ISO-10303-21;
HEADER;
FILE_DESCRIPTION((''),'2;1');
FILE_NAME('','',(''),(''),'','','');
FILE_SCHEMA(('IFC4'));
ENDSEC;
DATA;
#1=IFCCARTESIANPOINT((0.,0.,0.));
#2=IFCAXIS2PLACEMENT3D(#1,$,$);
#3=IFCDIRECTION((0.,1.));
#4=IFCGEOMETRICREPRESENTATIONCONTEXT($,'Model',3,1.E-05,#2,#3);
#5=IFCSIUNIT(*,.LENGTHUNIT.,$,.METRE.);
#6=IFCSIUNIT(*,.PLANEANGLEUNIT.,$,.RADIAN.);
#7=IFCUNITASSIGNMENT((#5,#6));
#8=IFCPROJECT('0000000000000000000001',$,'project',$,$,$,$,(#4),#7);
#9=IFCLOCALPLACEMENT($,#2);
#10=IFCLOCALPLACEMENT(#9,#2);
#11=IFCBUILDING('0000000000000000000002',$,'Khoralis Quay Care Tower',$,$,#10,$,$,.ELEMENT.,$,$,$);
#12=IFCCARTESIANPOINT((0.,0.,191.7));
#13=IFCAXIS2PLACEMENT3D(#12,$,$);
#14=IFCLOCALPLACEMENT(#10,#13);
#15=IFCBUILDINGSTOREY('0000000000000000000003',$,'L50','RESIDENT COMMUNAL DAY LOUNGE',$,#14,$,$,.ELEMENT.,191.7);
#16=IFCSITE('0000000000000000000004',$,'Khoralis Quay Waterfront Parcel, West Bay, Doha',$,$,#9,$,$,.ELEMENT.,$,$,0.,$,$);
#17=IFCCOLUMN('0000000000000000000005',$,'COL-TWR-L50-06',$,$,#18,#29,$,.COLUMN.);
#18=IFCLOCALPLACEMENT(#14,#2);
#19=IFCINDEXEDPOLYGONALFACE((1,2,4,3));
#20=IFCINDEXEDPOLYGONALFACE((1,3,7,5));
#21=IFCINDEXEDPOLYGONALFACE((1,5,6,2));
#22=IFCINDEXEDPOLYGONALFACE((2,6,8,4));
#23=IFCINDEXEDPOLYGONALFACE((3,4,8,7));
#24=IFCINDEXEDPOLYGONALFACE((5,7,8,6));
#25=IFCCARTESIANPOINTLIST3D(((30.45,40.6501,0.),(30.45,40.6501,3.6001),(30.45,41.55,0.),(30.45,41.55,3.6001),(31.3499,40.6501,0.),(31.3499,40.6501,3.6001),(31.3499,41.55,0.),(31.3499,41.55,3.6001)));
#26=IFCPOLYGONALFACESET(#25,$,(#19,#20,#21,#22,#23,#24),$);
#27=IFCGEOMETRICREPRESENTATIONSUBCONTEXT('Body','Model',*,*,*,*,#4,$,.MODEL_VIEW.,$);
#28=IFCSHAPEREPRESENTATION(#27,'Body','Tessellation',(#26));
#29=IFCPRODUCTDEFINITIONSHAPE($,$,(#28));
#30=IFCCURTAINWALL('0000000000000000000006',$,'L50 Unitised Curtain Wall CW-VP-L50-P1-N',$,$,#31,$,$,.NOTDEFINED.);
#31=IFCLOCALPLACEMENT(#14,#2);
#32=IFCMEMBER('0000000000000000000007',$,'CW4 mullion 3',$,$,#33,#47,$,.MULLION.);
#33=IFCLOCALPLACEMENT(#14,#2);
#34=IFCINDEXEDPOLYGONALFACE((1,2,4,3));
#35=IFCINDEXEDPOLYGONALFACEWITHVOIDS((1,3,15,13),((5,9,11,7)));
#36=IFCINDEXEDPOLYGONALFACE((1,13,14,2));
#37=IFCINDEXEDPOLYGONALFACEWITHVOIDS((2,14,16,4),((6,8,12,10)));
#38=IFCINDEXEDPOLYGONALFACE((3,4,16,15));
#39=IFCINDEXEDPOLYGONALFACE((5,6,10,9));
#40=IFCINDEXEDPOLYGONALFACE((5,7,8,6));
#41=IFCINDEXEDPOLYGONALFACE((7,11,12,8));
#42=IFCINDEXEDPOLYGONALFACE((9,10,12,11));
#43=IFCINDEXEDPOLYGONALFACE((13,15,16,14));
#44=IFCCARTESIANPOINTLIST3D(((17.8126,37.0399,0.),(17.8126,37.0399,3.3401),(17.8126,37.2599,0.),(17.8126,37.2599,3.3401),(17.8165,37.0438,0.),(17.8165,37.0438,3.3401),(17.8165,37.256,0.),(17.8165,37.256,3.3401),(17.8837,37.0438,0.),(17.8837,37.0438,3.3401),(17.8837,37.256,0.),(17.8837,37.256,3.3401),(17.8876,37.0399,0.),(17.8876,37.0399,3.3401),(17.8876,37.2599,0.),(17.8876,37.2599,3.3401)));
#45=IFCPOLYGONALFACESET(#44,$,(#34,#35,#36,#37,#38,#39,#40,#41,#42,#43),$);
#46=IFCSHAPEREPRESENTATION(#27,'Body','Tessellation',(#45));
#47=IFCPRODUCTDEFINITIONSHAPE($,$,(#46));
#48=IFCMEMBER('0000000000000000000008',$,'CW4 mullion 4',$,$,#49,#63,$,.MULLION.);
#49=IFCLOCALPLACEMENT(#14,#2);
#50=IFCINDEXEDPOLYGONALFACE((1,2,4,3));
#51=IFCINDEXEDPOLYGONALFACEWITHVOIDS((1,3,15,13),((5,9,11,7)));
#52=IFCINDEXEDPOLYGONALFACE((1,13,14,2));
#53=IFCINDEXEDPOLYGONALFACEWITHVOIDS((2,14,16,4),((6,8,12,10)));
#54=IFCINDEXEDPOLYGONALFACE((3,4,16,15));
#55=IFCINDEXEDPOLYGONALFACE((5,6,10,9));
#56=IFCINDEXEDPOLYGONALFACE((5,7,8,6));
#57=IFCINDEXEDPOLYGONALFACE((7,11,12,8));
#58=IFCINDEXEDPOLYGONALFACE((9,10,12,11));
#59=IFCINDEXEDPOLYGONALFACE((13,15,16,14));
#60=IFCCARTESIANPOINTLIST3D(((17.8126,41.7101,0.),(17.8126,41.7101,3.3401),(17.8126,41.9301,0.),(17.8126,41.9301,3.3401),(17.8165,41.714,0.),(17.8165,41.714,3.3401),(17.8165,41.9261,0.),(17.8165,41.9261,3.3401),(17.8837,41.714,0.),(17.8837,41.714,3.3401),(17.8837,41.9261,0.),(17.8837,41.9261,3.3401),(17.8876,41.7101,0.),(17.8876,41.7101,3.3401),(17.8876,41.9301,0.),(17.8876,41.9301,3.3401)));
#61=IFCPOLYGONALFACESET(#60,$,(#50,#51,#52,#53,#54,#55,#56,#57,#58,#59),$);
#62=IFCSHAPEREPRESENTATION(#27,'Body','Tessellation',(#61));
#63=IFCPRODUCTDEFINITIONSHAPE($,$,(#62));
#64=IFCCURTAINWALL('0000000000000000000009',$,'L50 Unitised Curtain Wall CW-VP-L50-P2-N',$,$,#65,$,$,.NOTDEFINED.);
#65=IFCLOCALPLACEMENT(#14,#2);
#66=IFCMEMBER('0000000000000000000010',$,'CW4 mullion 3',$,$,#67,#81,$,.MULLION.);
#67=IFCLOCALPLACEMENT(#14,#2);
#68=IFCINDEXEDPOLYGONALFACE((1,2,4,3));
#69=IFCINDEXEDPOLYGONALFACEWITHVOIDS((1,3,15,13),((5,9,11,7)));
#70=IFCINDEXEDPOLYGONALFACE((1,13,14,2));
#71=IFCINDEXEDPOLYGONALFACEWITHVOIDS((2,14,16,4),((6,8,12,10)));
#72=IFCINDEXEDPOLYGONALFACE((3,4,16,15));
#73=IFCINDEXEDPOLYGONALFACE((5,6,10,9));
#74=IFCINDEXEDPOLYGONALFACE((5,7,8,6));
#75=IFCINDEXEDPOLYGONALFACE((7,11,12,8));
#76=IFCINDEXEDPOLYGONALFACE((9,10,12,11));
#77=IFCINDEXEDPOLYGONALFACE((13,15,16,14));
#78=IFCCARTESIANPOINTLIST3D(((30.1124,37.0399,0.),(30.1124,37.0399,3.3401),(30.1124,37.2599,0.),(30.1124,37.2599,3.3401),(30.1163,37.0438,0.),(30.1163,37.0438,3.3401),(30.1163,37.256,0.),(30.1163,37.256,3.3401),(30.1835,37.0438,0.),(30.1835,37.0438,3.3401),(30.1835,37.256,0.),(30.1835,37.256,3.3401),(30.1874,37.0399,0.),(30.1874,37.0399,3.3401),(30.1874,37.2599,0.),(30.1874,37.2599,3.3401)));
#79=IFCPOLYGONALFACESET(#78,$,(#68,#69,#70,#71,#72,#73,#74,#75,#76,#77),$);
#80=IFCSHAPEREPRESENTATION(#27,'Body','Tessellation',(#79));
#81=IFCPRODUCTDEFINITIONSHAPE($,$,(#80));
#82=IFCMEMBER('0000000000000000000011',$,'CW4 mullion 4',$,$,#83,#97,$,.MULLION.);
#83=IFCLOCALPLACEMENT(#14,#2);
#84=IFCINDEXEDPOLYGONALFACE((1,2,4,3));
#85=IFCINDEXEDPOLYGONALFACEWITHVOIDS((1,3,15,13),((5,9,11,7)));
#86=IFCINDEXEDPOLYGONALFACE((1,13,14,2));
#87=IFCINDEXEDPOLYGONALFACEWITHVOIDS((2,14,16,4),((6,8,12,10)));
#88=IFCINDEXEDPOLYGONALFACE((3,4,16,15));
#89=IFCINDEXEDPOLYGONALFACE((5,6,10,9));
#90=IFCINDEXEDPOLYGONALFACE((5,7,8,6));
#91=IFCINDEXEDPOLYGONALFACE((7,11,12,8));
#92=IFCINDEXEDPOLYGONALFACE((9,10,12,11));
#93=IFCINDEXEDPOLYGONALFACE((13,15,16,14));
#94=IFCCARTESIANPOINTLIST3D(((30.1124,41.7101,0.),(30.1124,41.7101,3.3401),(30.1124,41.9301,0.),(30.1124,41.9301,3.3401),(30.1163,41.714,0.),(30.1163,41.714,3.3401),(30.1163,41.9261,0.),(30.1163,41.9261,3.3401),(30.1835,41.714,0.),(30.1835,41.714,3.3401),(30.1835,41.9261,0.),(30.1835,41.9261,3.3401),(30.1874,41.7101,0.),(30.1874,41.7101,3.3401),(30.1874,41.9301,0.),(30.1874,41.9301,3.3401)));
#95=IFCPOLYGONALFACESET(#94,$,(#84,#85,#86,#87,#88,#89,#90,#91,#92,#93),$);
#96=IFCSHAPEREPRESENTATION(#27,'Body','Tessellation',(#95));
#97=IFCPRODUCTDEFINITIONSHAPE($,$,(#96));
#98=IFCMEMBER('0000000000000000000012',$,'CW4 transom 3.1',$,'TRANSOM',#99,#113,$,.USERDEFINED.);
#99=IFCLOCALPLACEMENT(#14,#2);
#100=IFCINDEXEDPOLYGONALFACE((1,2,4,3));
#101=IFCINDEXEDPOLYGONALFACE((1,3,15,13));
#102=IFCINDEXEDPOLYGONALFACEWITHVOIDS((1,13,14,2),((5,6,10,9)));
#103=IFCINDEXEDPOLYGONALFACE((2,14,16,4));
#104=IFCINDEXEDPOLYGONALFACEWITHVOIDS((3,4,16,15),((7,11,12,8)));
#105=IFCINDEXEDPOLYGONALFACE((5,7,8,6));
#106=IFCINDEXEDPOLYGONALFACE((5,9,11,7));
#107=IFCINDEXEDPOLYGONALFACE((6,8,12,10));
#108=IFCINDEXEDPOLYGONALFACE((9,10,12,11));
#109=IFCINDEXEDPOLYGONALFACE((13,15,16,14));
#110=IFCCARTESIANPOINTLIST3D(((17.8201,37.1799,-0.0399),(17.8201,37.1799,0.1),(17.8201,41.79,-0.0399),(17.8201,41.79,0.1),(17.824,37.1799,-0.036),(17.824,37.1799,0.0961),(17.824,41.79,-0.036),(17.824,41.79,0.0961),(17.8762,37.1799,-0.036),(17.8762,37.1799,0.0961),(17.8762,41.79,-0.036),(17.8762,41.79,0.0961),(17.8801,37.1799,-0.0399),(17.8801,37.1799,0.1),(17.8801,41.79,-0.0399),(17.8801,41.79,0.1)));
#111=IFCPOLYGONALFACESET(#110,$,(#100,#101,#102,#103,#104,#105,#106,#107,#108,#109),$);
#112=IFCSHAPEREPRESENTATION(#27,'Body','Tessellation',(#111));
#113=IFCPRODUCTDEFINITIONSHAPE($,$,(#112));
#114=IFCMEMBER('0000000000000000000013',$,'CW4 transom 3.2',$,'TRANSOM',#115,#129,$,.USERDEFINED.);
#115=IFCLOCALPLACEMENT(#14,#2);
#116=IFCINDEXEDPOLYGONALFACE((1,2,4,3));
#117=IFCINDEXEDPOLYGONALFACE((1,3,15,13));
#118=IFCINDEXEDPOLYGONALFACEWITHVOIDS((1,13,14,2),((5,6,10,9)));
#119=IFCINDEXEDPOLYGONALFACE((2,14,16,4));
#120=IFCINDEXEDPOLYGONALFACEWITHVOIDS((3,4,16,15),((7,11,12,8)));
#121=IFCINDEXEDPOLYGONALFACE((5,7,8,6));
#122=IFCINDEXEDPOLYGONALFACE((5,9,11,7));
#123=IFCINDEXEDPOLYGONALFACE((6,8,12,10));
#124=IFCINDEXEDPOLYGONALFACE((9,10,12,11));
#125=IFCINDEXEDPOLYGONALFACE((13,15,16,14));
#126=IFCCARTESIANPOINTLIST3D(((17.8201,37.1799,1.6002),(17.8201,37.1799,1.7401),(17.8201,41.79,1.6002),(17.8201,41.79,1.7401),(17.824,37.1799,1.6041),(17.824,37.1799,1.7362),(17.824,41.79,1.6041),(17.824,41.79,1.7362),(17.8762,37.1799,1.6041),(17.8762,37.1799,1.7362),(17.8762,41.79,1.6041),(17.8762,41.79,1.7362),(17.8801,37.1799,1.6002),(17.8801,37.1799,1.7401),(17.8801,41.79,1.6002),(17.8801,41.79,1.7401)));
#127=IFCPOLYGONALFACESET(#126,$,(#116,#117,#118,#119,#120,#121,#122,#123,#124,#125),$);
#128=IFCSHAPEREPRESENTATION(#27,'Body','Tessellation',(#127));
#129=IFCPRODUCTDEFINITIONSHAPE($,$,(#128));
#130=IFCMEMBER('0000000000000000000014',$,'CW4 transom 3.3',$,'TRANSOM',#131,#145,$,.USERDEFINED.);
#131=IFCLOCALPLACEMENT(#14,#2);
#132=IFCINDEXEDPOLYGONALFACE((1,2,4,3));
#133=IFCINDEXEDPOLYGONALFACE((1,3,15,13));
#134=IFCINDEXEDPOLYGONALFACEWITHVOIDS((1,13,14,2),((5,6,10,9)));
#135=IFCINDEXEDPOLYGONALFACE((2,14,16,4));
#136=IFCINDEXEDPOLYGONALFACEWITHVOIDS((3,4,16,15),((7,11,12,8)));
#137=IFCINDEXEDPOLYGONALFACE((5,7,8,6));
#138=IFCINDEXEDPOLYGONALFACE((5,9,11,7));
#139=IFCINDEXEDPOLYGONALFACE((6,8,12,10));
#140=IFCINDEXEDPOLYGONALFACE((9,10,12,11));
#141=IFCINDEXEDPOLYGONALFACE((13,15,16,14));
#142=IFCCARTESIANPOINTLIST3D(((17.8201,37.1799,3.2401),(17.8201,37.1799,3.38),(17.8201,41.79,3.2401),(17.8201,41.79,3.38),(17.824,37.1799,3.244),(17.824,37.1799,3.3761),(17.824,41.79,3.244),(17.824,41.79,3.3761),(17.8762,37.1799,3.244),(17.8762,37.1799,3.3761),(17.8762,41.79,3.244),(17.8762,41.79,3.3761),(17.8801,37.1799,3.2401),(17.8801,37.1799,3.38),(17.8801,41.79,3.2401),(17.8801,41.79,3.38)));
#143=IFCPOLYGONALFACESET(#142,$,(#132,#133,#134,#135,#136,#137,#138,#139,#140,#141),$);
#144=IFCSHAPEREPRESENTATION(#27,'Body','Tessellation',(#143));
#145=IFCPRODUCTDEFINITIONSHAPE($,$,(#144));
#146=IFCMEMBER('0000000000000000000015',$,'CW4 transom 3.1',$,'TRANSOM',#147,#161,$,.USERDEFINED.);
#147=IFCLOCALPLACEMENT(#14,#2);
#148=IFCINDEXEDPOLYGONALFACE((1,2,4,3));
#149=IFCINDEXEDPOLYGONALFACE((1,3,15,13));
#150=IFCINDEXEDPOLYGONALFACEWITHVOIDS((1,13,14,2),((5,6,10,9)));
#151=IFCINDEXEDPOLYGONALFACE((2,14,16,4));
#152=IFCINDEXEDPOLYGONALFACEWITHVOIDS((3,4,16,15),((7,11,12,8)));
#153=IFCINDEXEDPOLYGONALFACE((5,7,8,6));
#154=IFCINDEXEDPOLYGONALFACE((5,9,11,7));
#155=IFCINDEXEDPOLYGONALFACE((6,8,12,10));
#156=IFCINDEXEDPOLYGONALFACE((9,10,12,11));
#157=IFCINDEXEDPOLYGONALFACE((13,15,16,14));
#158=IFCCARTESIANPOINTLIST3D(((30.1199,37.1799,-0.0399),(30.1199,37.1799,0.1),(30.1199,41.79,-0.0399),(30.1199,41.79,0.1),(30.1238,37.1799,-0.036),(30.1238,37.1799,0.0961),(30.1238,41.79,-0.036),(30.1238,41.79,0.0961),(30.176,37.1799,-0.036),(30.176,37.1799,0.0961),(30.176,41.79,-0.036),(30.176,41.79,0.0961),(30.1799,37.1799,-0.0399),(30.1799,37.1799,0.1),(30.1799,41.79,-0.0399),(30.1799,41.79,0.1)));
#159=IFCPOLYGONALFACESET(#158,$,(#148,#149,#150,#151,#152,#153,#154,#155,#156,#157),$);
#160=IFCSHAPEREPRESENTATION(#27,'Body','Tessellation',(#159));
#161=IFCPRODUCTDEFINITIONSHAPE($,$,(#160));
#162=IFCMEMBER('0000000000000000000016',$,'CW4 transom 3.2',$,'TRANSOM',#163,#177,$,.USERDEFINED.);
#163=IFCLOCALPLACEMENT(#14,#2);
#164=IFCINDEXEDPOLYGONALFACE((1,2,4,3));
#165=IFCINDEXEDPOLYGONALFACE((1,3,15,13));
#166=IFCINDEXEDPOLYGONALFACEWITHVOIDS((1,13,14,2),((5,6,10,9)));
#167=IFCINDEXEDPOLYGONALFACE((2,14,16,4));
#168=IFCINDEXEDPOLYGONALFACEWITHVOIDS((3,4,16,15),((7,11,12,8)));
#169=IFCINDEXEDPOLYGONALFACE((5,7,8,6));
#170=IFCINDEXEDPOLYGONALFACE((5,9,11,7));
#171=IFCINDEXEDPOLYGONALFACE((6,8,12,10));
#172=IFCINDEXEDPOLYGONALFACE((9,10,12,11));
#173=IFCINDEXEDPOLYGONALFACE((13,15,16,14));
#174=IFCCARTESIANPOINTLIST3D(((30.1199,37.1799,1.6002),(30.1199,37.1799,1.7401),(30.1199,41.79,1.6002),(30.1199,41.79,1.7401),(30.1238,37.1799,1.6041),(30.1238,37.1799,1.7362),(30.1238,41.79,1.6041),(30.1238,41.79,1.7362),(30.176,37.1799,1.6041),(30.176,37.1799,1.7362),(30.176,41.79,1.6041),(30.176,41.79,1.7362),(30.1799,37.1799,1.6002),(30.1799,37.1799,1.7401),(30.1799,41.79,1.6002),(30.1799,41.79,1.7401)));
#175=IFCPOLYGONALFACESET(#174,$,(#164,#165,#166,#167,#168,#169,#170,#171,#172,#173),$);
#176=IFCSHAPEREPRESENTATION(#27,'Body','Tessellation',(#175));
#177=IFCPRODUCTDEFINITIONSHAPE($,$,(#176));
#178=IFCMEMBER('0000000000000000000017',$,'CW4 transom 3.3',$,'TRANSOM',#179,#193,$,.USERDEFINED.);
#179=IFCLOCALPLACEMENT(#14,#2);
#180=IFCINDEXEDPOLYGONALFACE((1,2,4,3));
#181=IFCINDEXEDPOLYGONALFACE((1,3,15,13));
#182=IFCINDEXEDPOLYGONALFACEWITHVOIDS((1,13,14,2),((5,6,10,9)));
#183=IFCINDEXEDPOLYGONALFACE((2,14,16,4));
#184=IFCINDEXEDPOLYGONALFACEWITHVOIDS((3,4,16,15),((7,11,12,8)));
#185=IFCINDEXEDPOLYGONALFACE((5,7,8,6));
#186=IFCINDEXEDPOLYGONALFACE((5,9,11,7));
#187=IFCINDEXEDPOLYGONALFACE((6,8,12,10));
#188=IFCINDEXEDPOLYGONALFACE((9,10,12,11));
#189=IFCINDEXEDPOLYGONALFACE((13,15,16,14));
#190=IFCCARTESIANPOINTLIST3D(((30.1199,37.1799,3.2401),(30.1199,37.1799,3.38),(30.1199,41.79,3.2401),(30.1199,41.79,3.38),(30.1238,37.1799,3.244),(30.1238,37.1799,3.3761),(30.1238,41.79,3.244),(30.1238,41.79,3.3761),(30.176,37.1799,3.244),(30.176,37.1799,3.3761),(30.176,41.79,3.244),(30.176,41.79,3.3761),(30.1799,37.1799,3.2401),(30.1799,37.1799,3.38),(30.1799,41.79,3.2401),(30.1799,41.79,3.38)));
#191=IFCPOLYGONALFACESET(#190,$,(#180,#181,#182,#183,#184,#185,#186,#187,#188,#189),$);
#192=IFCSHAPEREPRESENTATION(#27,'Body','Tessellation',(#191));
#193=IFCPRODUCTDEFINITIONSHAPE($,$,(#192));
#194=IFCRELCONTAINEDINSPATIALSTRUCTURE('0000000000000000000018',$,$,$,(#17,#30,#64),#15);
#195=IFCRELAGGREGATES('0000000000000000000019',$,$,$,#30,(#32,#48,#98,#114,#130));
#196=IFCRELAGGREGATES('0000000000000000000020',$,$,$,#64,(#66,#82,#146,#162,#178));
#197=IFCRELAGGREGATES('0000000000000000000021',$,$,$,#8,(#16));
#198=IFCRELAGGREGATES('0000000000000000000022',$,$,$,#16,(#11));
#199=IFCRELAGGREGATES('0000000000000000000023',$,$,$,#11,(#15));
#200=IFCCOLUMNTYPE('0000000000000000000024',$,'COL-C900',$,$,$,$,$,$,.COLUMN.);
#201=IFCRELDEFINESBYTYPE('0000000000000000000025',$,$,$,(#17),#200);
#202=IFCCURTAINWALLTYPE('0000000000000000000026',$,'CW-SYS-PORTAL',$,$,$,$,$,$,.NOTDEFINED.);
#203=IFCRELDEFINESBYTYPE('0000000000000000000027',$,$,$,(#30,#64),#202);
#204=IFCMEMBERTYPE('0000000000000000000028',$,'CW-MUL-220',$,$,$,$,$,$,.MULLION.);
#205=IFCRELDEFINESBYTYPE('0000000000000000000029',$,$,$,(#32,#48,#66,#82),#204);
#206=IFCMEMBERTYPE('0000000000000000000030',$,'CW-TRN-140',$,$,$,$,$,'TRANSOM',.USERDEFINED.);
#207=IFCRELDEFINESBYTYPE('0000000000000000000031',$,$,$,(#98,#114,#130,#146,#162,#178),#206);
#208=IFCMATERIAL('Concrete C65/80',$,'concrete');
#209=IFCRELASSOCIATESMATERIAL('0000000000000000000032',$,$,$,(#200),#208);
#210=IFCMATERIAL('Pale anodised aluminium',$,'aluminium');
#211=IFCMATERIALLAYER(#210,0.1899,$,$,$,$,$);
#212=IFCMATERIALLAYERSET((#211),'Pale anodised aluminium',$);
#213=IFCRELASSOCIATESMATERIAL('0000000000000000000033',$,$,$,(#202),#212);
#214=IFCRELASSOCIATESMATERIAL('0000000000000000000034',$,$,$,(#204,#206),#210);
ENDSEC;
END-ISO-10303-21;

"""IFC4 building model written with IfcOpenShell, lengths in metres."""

from ifc_helpers import new_model, si_unit, direction, frame, origin, origin_2d, place, context, subcontext, project, spatial, rectangle, hollow_rectangle, extrude, source, transform, mapped, material, layer, layer_set, material_profile, profile_set, type_object, element, aggregate, save


model = new_model("IFC4")

# Units and contexts
model_context = context("Model", 3, precision=1e-05, world=origin(), true_north=direction((0.0, 1.0)))
body_context = subcontext(model_context, "Body", "Model", "MODEL_VIEW")
ifc_project = project(units=[si_unit("LENGTHUNIT", "METRE"), si_unit("PLANEANGLEUNIT", "RADIAN")], contexts=[model_context])

# Site, building, storey
site_placement = place(None, origin())
site = spatial("IfcSite", under=ifc_project, at=site_placement, Name="Khoralis Quay Waterfront Parcel, West Bay, Doha", CompositionType="ELEMENT", RefElevation=0.0)
building_placement = place(site_placement, origin())
building = spatial("IfcBuilding", under=site, at=building_placement, Name="Khoralis Quay Care Tower", CompositionType="ELEMENT")
storey_placement = place(building_placement, frame((0.0, 0.0, 191.7)))
storey = spatial("IfcBuildingStorey", under=building, at=storey_placement, Name="L50", Description="RESIDENT COMMUNAL DAY LOUNGE", CompositionType="ELEMENT", Elevation=191.7)

# Column
ifc_material_1 = material(Name="Concrete C65/80", Category="concrete")
ifc_material_profile_1 = material_profile(ifc_material_1, rectangle(XDim=0.8999, YDim=0.8999, at=origin_2d()), Name="Concrete C65/80")
ifc_profile_set_1 = profile_set([ifc_material_profile_1], Name="Concrete C65/80")
column_type = type_object("IfcColumnType", Name="COL-C900", PredefinedType="COLUMN", material=ifc_profile_set_1)
shared_shape_1 = source(origin(), body_context, "Body", "SweptSolid", [
    extrude(rectangle(XDim=0.8999, YDim=0.8999, at=origin_2d()), origin(), (0.0, 0.0, 1.0), 3.6001),
])
column_placement = place(storey_placement, frame((30.8999, 41.1001, 0.0), z_axis=(0.0, 0.0, 1.0), x_axis=(1.0, 0.0, 0.0)))
element("IfcColumn", 1, at=column_placement, inside=storey, type_object=column_type, Name="COL-TWR-L50-06", PredefinedType="COLUMN", context=body_context, shape_type="MappedRepresentation", body=[
    mapped(shared_shape_1, transform((0.0, 0.0, 0.0), scale=1.0)),
])

# Curtain walls, members
ifc_material_2 = material(Name="Pale anodised aluminium", Category="aluminium")
ifc_layer_1 = layer(ifc_material_2, 0.1899)
ifc_layer_set_1 = layer_set([ifc_layer_1], Name="Pale anodised aluminium")
curtain_wall_type = type_object("IfcCurtainWallType", Name="CW-SYS-PORTAL", PredefinedType="NOTDEFINED", material=ifc_layer_set_1)
curtain_wall_1_placement = place(storey_placement, origin())
curtain_wall_1 = element("IfcCurtainWall", 2, at=curtain_wall_1_placement, inside=storey, type_object=curtain_wall_type, Name="L50 Unitised Curtain Wall CW-VP-L50-P1-N", PredefinedType="NOTDEFINED")
ifc_material_profile_2 = material_profile(ifc_material_2, hollow_rectangle(XDim=0.075, YDim=0.22, WallThickness=0.0039, at=origin_2d()), Name="Pale anodised aluminium")
ifc_profile_set_2 = profile_set([ifc_material_profile_2], Name="Pale anodised aluminium")
member_type_1 = type_object("IfcMemberType", Name="CW-MUL-220", PredefinedType="MULLION", material=ifc_profile_set_2)
shared_shape_2 = source(origin(), body_context, "Body", "SweptSolid", [
    extrude(hollow_rectangle(XDim=0.075, YDim=0.22, WallThickness=0.0039, at=origin_2d()), origin(), (0.0, 0.0, 1.0), 3.3401),
])
member_1_placement = place(storey_placement, frame((17.8501, 37.1499, 0.0), z_axis=(0.0, 0.0, 1.0), x_axis=(-1.0, 0.0, 0.0)))
member_1 = element("IfcMember", 3, at=member_1_placement, type_object=member_type_1, Name="CW4 mullion 3", PredefinedType="MULLION", context=body_context, shape_type="MappedRepresentation", body=[
    mapped(shared_shape_2, transform((0.0, 0.0, 0.0), scale=1.0)),
])
member_2_placement = place(storey_placement, frame((17.8501, 41.8201, 0.0), z_axis=(0.0, 0.0, 1.0), x_axis=(-1.0, 0.0, 0.0)))
member_2 = element("IfcMember", 4, at=member_2_placement, type_object=member_type_1, Name="CW4 mullion 4", PredefinedType="MULLION", context=body_context, shape_type="MappedRepresentation", body=[
    mapped(shared_shape_2, transform((0.0, 0.0, 0.0), scale=1.0)),
])
curtain_wall_2_placement = place(storey_placement, origin())
curtain_wall_2 = element("IfcCurtainWall", 5, at=curtain_wall_2_placement, inside=storey, type_object=curtain_wall_type, Name="L50 Unitised Curtain Wall CW-VP-L50-P2-N", PredefinedType="NOTDEFINED")
member_3_placement = place(storey_placement, frame((30.1499, 37.1499, 0.0), z_axis=(0.0, 0.0, 1.0), x_axis=(-1.0, 0.0, 0.0)))
member_3 = element("IfcMember", 6, at=member_3_placement, type_object=member_type_1, Name="CW4 mullion 3", PredefinedType="MULLION", context=body_context, shape_type="MappedRepresentation", body=[
    mapped(shared_shape_2, transform((0.0, 0.0, 0.0), scale=1.0)),
])
member_4_placement = place(storey_placement, frame((30.1499, 41.8201, 0.0), z_axis=(0.0, 0.0, 1.0), x_axis=(-1.0, 0.0, 0.0)))
member_4 = element("IfcMember", 7, at=member_4_placement, type_object=member_type_1, Name="CW4 mullion 4", PredefinedType="MULLION", context=body_context, shape_type="MappedRepresentation", body=[
    mapped(shared_shape_2, transform((0.0, 0.0, 0.0), scale=1.0)),
])

# Members
ifc_material_profile_3 = material_profile(ifc_material_2, hollow_rectangle(XDim=0.0601, YDim=0.1399, WallThickness=0.0039, at=origin_2d()), Name="Pale anodised aluminium")
ifc_profile_set_3 = profile_set([ifc_material_profile_3], Name="Pale anodised aluminium")
member_type_2 = type_object("IfcMemberType", Name="CW-TRN-140", ElementType="TRANSOM", PredefinedType="USERDEFINED", material=ifc_profile_set_3)
shared_shape_3 = source(origin(), body_context, "Body", "SweptSolid", [
    extrude(hollow_rectangle(XDim=0.0601, YDim=0.1399, WallThickness=0.0039, at=origin_2d()), origin(), (0.0, 0.0, 1.0), 4.6101),
])
member_5_placement = place(storey_placement, frame((17.8501, 37.1799, 0.03), z_axis=(0.0, 1.0, 0.0), x_axis=(-1.0, 0.0, 0.0)))
member_5 = element("IfcMember", 8, at=member_5_placement, type_object=member_type_2, Name="CW4 transom 3.1", ObjectType="TRANSOM", PredefinedType="USERDEFINED", context=body_context, shape_type="MappedRepresentation", body=[
    mapped(shared_shape_3, transform((0.0, 0.0, 0.0), scale=1.0)),
])
member_6_placement = place(storey_placement, frame((17.8501, 37.1799, 1.6702), z_axis=(0.0, 1.0, 0.0), x_axis=(-1.0, 0.0, 0.0)))
member_6 = element("IfcMember", 9, at=member_6_placement, type_object=member_type_2, Name="CW4 transom 3.2", ObjectType="TRANSOM", PredefinedType="USERDEFINED", context=body_context, shape_type="MappedRepresentation", body=[
    mapped(shared_shape_3, transform((0.0, 0.0, 0.0), scale=1.0)),
])
member_7_placement = place(storey_placement, frame((17.8501, 37.1799, 3.3101), z_axis=(0.0, 1.0, 0.0), x_axis=(-1.0, 0.0, 0.0)))
member_7 = element("IfcMember", 10, at=member_7_placement, type_object=member_type_2, Name="CW4 transom 3.3", ObjectType="TRANSOM", PredefinedType="USERDEFINED", context=body_context, shape_type="MappedRepresentation", body=[
    mapped(shared_shape_3, transform((0.0, 0.0, 0.0), scale=1.0)),
])
member_8_placement = place(storey_placement, frame((30.1499, 37.1799, 0.03), z_axis=(0.0, 1.0, 0.0), x_axis=(-1.0, 0.0, 0.0)))
member_8 = element("IfcMember", 11, at=member_8_placement, type_object=member_type_2, Name="CW4 transom 3.1", ObjectType="TRANSOM", PredefinedType="USERDEFINED", context=body_context, shape_type="MappedRepresentation", body=[
    mapped(shared_shape_3, transform((0.0, 0.0, 0.0), scale=1.0)),
])
member_9_placement = place(storey_placement, frame((30.1499, 37.1799, 1.6702), z_axis=(0.0, 1.0, 0.0), x_axis=(-1.0, 0.0, 0.0)))
member_9 = element("IfcMember", 12, at=member_9_placement, type_object=member_type_2, Name="CW4 transom 3.2", ObjectType="TRANSOM", PredefinedType="USERDEFINED", context=body_context, shape_type="MappedRepresentation", body=[
    mapped(shared_shape_3, transform((0.0, 0.0, 0.0), scale=1.0)),
])
member_10_placement = place(storey_placement, frame((30.1499, 37.1799, 3.3101), z_axis=(0.0, 1.0, 0.0), x_axis=(-1.0, 0.0, 0.0)))
member_10 = element("IfcMember", 13, at=member_10_placement, type_object=member_type_2, Name="CW4 transom 3.3", ObjectType="TRANSOM", PredefinedType="USERDEFINED", context=body_context, shape_type="MappedRepresentation", body=[
    mapped(shared_shape_3, transform((0.0, 0.0, 0.0), scale=1.0)),
])

aggregate(curtain_wall_1, [member_1, member_2, member_5, member_6, member_7])
aggregate(curtain_wall_2, [member_3, member_4, member_8, member_9, member_10])

save(model, "model.ifc")
